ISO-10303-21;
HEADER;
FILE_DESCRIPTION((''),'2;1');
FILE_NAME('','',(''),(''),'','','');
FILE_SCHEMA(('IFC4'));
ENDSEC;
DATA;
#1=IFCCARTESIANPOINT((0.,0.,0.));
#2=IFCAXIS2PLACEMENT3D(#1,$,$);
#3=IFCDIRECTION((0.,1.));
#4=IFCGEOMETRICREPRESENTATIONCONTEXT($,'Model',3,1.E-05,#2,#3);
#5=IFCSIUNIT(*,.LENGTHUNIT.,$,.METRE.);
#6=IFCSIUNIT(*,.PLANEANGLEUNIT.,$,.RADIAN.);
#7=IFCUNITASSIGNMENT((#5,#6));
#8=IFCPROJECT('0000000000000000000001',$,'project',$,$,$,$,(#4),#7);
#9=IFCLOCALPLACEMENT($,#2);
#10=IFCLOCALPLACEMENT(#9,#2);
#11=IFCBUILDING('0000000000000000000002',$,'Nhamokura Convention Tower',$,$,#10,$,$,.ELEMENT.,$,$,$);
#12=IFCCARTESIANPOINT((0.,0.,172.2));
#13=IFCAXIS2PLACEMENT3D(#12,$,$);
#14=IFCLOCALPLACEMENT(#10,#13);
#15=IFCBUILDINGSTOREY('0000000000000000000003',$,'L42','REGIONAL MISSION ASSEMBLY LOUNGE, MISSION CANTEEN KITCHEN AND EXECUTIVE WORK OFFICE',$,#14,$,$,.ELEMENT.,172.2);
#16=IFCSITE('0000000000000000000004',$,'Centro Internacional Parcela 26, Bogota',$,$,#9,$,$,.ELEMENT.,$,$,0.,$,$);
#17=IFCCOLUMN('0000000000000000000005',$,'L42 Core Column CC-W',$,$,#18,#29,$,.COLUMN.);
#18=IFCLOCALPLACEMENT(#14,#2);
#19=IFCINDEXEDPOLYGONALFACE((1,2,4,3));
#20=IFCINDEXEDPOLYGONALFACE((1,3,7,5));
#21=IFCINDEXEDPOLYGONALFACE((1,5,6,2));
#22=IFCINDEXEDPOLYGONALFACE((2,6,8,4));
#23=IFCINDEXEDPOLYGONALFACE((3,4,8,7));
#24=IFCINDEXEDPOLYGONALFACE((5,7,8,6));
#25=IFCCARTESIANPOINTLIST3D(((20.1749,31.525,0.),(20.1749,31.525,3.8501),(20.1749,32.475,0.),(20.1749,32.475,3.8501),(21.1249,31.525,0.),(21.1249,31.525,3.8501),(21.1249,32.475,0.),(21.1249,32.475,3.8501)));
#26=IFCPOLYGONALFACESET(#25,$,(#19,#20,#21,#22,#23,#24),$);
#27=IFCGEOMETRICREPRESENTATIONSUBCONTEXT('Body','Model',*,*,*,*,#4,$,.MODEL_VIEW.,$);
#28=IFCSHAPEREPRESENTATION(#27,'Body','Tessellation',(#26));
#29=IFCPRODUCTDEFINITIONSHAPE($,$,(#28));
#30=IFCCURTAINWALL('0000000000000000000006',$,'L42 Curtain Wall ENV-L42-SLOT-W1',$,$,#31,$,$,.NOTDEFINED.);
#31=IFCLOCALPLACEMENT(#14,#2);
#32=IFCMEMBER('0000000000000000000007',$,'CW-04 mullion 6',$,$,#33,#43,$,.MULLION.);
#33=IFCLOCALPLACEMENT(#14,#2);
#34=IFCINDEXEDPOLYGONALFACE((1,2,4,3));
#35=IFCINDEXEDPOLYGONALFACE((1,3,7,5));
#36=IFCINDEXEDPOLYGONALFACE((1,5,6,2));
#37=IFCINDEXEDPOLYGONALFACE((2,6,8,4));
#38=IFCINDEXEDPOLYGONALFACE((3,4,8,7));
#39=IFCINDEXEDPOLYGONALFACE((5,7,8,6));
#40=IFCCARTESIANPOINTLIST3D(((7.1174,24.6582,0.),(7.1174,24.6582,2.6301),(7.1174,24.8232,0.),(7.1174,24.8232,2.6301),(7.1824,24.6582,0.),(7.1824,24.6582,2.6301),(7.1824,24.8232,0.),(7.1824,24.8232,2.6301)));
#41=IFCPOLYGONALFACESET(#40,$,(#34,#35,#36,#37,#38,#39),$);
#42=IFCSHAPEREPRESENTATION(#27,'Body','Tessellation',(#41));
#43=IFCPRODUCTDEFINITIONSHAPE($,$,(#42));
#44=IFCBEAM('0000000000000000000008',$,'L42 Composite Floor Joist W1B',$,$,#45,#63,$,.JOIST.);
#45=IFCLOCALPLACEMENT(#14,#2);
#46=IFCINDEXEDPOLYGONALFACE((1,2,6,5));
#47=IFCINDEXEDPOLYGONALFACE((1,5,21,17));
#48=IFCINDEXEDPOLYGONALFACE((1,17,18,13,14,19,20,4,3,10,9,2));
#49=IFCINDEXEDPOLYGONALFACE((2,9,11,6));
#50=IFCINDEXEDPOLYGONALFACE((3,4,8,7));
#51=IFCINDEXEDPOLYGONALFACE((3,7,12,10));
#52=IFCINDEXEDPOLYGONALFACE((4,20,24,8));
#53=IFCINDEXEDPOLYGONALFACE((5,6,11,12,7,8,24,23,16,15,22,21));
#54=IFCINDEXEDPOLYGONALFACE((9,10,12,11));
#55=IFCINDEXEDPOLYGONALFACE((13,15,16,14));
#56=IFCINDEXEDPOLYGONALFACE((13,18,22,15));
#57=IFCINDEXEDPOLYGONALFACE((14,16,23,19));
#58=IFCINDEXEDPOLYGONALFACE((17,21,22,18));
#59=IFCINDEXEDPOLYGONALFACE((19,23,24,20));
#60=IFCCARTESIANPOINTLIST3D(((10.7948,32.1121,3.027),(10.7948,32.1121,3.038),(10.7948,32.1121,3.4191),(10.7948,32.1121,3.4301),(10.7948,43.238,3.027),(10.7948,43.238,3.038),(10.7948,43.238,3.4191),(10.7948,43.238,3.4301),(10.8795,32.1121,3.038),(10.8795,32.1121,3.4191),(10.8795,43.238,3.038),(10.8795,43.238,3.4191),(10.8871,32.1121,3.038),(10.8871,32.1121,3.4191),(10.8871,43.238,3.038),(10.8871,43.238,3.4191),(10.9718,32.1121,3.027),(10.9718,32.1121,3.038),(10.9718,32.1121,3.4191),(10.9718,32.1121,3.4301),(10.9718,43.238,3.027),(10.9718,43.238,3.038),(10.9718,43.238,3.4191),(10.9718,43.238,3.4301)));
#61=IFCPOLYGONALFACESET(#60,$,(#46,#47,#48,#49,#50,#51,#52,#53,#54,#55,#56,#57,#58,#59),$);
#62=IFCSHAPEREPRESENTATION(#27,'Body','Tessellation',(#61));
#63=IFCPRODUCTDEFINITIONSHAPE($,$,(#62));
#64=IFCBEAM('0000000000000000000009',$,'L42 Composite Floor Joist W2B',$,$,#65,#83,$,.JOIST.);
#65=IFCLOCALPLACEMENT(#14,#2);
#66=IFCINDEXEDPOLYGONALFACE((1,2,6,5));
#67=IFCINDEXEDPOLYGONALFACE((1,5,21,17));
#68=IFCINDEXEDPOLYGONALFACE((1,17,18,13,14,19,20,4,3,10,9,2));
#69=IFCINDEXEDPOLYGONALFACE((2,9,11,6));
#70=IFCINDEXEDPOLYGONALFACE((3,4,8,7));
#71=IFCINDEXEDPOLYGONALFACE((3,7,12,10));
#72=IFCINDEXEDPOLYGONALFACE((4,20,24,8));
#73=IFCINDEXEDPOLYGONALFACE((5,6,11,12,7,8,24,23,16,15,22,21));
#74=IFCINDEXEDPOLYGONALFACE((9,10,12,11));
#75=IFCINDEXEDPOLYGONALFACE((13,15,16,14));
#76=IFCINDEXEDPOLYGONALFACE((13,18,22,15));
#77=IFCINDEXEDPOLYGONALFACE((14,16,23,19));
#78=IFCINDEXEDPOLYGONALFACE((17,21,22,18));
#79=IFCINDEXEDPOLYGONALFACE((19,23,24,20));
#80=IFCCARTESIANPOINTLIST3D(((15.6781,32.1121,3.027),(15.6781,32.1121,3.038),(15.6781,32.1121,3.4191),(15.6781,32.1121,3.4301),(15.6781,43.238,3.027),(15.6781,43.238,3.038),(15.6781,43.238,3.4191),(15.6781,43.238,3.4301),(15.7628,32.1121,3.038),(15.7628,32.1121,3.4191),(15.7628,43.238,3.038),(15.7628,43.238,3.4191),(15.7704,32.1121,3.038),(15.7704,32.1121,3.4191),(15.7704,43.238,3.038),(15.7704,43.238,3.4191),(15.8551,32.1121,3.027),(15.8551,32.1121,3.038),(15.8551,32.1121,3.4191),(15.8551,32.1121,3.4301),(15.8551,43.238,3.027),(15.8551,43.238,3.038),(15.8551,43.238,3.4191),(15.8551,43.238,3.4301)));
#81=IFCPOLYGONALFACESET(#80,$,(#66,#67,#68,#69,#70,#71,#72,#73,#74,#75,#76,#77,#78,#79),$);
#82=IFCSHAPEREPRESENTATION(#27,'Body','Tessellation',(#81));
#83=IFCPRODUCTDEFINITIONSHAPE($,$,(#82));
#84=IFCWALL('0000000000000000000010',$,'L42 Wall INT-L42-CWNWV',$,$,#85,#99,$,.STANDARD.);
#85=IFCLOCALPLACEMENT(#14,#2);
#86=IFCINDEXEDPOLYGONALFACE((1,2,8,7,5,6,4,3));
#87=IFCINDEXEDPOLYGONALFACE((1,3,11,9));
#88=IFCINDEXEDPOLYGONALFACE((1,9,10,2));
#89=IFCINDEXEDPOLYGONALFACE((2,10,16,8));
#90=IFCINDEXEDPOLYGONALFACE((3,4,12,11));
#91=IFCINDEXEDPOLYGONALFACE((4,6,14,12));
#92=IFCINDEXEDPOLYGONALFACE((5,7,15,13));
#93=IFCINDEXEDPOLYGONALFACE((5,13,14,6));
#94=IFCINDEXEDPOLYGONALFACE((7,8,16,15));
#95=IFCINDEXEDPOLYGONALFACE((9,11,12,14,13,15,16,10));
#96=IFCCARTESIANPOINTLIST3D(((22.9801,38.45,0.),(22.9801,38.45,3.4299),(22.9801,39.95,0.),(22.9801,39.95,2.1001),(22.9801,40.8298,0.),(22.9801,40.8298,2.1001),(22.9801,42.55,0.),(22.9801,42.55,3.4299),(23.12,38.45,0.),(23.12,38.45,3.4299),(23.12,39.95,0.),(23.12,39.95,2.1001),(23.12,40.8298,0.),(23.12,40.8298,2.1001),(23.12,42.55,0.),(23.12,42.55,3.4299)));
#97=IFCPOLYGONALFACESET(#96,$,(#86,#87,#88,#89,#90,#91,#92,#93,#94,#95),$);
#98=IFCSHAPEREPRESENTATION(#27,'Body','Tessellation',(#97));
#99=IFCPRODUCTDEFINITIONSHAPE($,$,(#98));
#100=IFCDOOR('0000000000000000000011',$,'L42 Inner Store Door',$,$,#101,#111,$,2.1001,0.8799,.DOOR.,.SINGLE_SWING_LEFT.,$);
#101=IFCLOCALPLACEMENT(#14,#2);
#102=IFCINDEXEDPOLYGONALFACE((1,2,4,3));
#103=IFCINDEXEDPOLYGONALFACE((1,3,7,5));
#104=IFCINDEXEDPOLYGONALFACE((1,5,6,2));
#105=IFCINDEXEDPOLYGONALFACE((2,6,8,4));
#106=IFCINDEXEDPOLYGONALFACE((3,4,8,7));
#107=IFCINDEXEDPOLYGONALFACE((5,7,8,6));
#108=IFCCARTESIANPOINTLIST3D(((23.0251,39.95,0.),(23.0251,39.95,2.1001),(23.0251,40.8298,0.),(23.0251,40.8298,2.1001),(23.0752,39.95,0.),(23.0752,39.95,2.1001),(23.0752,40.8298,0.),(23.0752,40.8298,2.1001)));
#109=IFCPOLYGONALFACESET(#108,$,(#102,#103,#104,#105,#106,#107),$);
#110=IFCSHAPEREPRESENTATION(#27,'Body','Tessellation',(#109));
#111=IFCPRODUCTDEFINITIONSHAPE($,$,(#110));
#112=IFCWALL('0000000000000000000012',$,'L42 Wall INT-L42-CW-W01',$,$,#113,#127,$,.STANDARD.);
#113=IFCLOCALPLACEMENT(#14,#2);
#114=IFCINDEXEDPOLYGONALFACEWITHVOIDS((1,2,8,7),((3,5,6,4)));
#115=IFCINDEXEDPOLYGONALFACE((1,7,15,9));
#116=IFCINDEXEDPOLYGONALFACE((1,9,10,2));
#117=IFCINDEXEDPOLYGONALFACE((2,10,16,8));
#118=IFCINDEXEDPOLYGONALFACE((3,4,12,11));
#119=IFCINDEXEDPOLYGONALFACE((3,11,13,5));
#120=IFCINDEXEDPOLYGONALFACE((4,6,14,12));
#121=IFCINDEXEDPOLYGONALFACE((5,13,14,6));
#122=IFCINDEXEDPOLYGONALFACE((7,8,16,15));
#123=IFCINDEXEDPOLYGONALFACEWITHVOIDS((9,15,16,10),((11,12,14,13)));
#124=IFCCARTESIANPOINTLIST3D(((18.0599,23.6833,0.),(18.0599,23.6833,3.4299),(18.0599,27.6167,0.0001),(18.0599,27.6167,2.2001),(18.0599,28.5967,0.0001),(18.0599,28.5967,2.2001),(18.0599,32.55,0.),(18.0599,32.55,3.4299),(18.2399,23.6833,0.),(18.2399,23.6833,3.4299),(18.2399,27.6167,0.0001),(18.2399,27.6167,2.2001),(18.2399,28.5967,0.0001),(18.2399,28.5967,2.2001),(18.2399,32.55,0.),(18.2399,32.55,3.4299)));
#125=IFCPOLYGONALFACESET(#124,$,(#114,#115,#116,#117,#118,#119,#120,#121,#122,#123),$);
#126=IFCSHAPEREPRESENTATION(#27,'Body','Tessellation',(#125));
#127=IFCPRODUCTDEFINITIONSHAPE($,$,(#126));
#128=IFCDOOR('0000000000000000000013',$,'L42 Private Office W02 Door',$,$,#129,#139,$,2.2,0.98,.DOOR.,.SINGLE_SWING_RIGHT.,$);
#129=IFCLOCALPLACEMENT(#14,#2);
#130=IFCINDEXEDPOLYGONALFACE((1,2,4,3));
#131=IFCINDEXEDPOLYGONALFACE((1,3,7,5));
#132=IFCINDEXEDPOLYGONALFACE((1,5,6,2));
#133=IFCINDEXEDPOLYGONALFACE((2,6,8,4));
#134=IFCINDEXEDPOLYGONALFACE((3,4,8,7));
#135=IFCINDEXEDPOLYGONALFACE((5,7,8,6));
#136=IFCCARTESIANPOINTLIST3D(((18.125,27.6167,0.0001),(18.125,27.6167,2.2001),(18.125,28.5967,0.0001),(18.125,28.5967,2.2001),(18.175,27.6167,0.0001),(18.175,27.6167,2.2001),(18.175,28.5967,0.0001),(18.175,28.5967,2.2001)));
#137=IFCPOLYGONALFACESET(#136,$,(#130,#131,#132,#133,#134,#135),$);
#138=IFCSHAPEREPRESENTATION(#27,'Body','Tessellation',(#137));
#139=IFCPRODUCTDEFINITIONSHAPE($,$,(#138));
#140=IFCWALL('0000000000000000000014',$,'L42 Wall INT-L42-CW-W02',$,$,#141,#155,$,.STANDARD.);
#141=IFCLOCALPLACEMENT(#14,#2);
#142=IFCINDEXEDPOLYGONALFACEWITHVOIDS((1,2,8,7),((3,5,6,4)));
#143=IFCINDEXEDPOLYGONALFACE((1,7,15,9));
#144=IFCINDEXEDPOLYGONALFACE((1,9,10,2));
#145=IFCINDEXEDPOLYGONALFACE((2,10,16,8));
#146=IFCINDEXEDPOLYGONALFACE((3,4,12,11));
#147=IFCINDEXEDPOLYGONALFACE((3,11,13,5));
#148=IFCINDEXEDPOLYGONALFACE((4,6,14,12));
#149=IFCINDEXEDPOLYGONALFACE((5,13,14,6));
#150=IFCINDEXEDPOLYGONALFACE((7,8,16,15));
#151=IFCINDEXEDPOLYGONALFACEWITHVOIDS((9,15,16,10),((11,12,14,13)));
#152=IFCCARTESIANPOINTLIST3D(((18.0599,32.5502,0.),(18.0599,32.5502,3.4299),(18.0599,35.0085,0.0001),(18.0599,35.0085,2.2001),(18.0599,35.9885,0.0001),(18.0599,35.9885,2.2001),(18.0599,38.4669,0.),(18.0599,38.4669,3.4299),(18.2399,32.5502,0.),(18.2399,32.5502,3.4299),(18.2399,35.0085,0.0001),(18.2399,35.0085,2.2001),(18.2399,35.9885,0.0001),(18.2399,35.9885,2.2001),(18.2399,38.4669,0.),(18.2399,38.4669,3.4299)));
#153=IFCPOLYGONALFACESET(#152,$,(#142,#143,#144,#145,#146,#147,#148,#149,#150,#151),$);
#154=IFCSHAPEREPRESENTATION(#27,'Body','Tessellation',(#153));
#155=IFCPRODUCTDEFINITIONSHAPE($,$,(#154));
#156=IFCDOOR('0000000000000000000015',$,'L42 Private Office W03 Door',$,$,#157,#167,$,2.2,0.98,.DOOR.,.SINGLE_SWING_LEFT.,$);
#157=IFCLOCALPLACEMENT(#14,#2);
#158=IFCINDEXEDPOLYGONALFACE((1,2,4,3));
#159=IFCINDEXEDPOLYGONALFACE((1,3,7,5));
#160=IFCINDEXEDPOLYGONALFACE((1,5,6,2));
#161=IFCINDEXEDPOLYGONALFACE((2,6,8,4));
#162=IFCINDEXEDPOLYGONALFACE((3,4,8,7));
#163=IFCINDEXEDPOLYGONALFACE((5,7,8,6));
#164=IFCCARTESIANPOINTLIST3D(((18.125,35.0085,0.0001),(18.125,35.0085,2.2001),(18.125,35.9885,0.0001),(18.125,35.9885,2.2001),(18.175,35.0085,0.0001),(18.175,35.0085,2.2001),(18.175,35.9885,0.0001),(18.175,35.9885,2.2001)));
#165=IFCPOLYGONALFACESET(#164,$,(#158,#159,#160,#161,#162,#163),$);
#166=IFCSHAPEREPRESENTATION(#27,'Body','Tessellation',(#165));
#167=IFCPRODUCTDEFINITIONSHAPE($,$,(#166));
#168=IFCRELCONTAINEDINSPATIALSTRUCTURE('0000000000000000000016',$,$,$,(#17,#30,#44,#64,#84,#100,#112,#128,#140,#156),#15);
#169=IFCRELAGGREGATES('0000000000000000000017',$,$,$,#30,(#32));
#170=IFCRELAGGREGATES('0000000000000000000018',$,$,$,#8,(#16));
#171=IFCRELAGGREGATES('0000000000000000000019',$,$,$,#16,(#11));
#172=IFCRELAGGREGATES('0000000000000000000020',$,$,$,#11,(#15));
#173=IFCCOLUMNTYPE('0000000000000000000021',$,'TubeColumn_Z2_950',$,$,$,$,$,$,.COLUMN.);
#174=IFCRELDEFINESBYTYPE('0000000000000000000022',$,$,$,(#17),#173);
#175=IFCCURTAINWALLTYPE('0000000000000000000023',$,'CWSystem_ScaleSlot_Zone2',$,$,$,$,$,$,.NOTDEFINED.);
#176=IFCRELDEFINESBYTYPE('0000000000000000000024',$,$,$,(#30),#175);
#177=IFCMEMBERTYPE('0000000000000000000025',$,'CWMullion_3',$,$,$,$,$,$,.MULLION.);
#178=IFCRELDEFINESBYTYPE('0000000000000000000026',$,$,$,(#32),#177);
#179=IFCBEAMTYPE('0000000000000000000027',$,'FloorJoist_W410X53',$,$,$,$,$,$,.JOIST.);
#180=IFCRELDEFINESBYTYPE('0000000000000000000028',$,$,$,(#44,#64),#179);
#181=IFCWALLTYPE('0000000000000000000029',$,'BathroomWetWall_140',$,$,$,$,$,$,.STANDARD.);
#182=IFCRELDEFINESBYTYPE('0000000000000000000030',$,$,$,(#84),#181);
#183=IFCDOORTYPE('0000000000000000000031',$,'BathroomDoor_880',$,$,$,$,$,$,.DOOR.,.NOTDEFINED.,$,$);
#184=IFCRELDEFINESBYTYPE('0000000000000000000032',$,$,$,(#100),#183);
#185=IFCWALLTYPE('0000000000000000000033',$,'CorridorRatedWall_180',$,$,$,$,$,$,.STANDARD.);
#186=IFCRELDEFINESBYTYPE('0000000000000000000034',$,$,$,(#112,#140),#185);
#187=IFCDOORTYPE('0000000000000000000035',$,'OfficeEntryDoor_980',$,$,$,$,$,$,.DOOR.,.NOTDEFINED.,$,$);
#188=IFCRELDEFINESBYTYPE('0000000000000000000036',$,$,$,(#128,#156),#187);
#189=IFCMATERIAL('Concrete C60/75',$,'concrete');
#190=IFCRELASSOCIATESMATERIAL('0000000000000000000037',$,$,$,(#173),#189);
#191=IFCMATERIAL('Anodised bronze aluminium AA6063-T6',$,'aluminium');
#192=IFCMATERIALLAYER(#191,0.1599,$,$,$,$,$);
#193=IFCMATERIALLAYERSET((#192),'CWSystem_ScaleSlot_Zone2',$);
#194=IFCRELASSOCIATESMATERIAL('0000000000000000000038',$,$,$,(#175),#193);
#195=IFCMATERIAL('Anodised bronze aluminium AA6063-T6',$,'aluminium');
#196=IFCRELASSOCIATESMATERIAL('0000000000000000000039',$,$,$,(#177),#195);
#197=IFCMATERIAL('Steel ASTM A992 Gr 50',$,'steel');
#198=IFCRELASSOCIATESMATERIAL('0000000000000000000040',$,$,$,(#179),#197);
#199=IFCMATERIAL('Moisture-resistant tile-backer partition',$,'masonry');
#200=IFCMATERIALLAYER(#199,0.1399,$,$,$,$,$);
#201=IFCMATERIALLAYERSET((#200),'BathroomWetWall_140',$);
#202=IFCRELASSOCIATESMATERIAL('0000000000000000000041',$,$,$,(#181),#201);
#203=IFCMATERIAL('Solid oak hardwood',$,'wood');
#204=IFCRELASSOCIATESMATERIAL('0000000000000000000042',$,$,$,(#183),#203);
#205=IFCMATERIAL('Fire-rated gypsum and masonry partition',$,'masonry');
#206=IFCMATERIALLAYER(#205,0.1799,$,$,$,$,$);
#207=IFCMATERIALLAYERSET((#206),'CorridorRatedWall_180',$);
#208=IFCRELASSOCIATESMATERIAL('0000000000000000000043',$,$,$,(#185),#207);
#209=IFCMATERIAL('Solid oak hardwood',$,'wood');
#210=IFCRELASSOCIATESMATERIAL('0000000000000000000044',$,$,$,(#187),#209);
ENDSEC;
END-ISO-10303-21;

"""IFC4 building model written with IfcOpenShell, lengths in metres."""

from ifc_helpers import new_model, si_unit, direction, frame, frame_2d, origin, origin_2d, place, context, subcontext, project, spatial, rectangle, i_section, extrude, material, layer, layer_set, material_profile, profile_set, type_object, element, fill, aggregate, save


model = new_model("IFC4")

# Units and contexts
model_context = context("Model", 3, precision=1e-05, world=origin(), true_north=direction((0.0, 1.0)))
body_context = subcontext(model_context, "Body", "Model", "MODEL_VIEW")
ifc_project = project(units=[si_unit("LENGTHUNIT", "METRE"), si_unit("PLANEANGLEUNIT", "RADIAN")], contexts=[model_context])

# Site, building, storey
site_placement = place(None, origin())
site = spatial("IfcSite", under=ifc_project, at=site_placement, Name="Centro Internacional Parcela 26, Bogota", CompositionType="ELEMENT", RefElevation=0.0)
building_placement = place(site_placement, origin())
building = spatial("IfcBuilding", under=site, at=building_placement, Name="Nhamokura Convention Tower", CompositionType="ELEMENT")
storey_placement = place(building_placement, frame((0.0, 0.0, 172.2)))
storey = spatial("IfcBuildingStorey", under=building, at=storey_placement, Name="L42", Description="REGIONAL MISSION ASSEMBLY LOUNGE, MISSION CANTEEN KITCHEN AND EXECUTIVE WORK OFFICE", CompositionType="ELEMENT", Elevation=172.2)

# Column
ifc_material_1 = material(Name="Concrete C60/75", Category="concrete")
ifc_material_profile_1 = material_profile(ifc_material_1, rectangle(XDim=0.95, YDim=0.95, at=origin_2d()))
ifc_profile_set_1 = profile_set([ifc_material_profile_1], Name="Concrete C60/75")
column_type = type_object("IfcColumnType", Name="TubeColumn_Z2_950", PredefinedType="COLUMN", material=ifc_profile_set_1)
column_placement = place(storey_placement, frame((20.6499, 32.0, 0.0), z_axis=(0.0, 0.0, 1.0), x_axis=(1.0, 0.0, 0.0)))
element("IfcColumn", 1, at=column_placement, inside=storey, type_object=column_type, Name="L42 Core Column CC-W", PredefinedType="COLUMN", context=body_context, shape_type="SweptSolid", body=[
    extrude(rectangle(XDim=0.95, YDim=0.95, at=origin_2d()), origin(), (0.0, 0.0, 1.0), 3.8501),
])

# Curtain wall, member
ifc_material_2 = material(Name="Anodised bronze aluminium AA6063-T6", Category="aluminium")
ifc_layer_1 = layer(ifc_material_2, 0.1599)
ifc_layer_set_1 = layer_set([ifc_layer_1], Name="CWSystem_ScaleSlot_Zone2")
curtain_wall_type = type_object("IfcCurtainWallType", Name="CWSystem_ScaleSlot_Zone2", PredefinedType="NOTDEFINED", material=ifc_layer_set_1)
curtain_wall_placement = place(storey_placement, origin())
curtain_wall = element("IfcCurtainWall", 2, at=curtain_wall_placement, inside=storey, type_object=curtain_wall_type, Name="L42 Curtain Wall ENV-L42-SLOT-W1", PredefinedType="NOTDEFINED")
ifc_material_3 = material(Name="Anodised bronze aluminium AA6063-T6", Category="aluminium")
ifc_material_profile_2 = material_profile(ifc_material_3, rectangle(XDim=0.0649, YDim=0.165, at=origin_2d()))
ifc_profile_set_2 = profile_set([ifc_material_profile_2], Name="Anodised bronze aluminium AA6063-T6")
member_type = type_object("IfcMemberType", Name="CWMullion_3", PredefinedType="MULLION", material=ifc_profile_set_2)
member_placement = place(storey_placement, frame((7.1499, 24.7407, 0.0), z_axis=(0.0, 0.0, 1.0), x_axis=(-1.0, 0.0, 0.0)))
member = element("IfcMember", 3, at=member_placement, type_object=member_type, Name="CW-04 mullion 6", PredefinedType="MULLION", context=body_context, shape_type="SweptSolid", body=[
    extrude(rectangle(XDim=0.0649, YDim=0.165, at=origin_2d()), origin(), (0.0, 0.0, 1.0), 2.6301),
])
aggregate(curtain_wall, [member])

# Beams
ifc_material_4 = material(Name="Steel ASTM A992 Gr 50", Category="steel")
ifc_material_profile_3 = material_profile(ifc_material_4, i_section(OverallWidth=0.177, OverallDepth=0.4031, WebThickness=0.0076, FlangeThickness=0.011, at=origin_2d()))
ifc_profile_set_3 = profile_set([ifc_material_profile_3], Name="Steel ASTM A992 Gr 50")
beam_type = type_object("IfcBeamType", Name="FloorJoist_W410X53", PredefinedType="JOIST", material=ifc_profile_set_3)
for number, where, z_axis, x_axis, name in (
    (4, (10.8833, 32.1121, 3.2285), (0.0, 1.0, 0.0), (-1.0, 0.0, 0.0), "L42 Composite Floor Joist W1B"),
    (5, (15.7666, 32.1121, 3.2285), (0.0, 1.0, 0.0), (-1.0, 0.0, 0.0), "L42 Composite Floor Joist W2B"),
):
    element("IfcBeam", number, at=place(storey_placement, frame(where, z_axis=z_axis, x_axis=x_axis)), inside=storey, type_object=beam_type, Name=name, PredefinedType="JOIST", context=body_context, shape_type="SweptSolid", body=[
        extrude(i_section(OverallWidth=0.177, OverallDepth=0.4031, WebThickness=0.0076, FlangeThickness=0.011, at=origin_2d()), origin(), (0.0, 0.0, 1.0), 11.126),
    ])

# Wall, opening, door
ifc_material_5 = material(Name="Moisture-resistant tile-backer partition", Category="masonry")
ifc_layer_2 = layer(ifc_material_5, 0.1399)
ifc_layer_set_2 = layer_set([ifc_layer_2], Name="BathroomWetWall_140")
wall_type_1 = type_object("IfcWallType", Name="BathroomWetWall_140", PredefinedType="STANDARD", material=ifc_layer_set_2)
wall_1_placement = place(storey_placement, frame((23.05, 38.45, 0.0), z_axis=(0.0, 0.0, 1.0), x_axis=(0.0, 1.0, 0.0)))
wall_1 = element("IfcWall", 6, at=wall_1_placement, inside=storey, type_object=wall_type_1, Name="L42 Wall INT-L42-CWNWV", PredefinedType="STANDARD", context=body_context, shape_type="SweptSolid", body=[
    extrude(rectangle(XDim=4.1001, YDim=0.1399, at=frame_2d((2.05, 0.0))), origin(), (0.0, 0.0, 1.0), 3.4299),
])
opening_1_placement = place(wall_1_placement, frame((1.5, 0.0, 0.0)))
opening_1 = element("IfcOpeningElement", 7, at=opening_1_placement, cuts=wall_1, PredefinedType="OPENING", context=body_context, shape_type="SweptSolid", body=[
    extrude(rectangle(XDim=0.8799, YDim=2.1001, at=frame_2d((0.4399, 1.05))), frame((0.0, 0.0798, 0.0), z_axis=(0.0, -1.0, 0.0), x_axis=(1.0, 0.0, 0.0)), (0.0, 0.0, 1.0), 0.1599),
])
ifc_material_6 = material(Name="Solid oak hardwood", Category="wood")
door_type_1 = type_object("IfcDoorType", Name="BathroomDoor_880", OperationType="NOTDEFINED", PredefinedType="DOOR", material=ifc_material_6)
door_1_placement = place(opening_1_placement, origin())
door_1 = element("IfcDoor", 8, at=door_1_placement, inside=storey, type_object=door_type_1, Name="L42 Inner Store Door", OperationType="SINGLE_SWING_LEFT", OverallHeight=2.1001, OverallWidth=0.8799, PredefinedType="DOOR", context=body_context, shape_type="SweptSolid", body=[
    extrude(rectangle(XDim=0.8799, YDim=2.1001, at=frame_2d((0.4399, 1.05))), frame((0.0, 0.0249, 0.0), z_axis=(0.0, -1.0, 0.0), x_axis=(1.0, 0.0, 0.0)), (0.0, 0.0, 1.0), 0.05),
])
fill(opening_1, door_1)

# Walls, openings, doors
ifc_material_7 = material(Name="Fire-rated gypsum and masonry partition", Category="masonry")
ifc_layer_3 = layer(ifc_material_7, 0.1799)
ifc_layer_set_3 = layer_set([ifc_layer_3], Name="CorridorRatedWall_180")
wall_type_2 = type_object("IfcWallType", Name="CorridorRatedWall_180", PredefinedType="STANDARD", material=ifc_layer_set_3)
wall_2_placement = place(storey_placement, frame((18.1499, 23.6833, 0.0), z_axis=(0.0, 0.0, 1.0), x_axis=(0.0, 1.0, 0.0)))
wall_2 = element("IfcWall", 9, at=wall_2_placement, inside=storey, type_object=wall_type_2, Name="L42 Wall INT-L42-CW-W01", PredefinedType="STANDARD", context=body_context, shape_type="SweptSolid", body=[
    extrude(rectangle(XDim=8.8667, YDim=0.1799, at=frame_2d((4.4333, 0.0))), origin(), (0.0, 0.0, 1.0), 3.4299),
])
opening_2_placement = place(wall_2_placement, frame((3.9333, 0.0, 0.0)))
opening_2 = element("IfcOpeningElement", 10, at=opening_2_placement, cuts=wall_2, PredefinedType="OPENING", context=body_context, shape_type="SweptSolid", body=[
    extrude(rectangle(XDim=0.98, YDim=2.2, at=frame_2d((0.49, 1.1001))), frame((0.0, 0.0999, 0.0), z_axis=(0.0, -1.0, 0.0), x_axis=(1.0, 0.0, 0.0)), (0.0, 0.0, 1.0), 0.2),
])
ifc_material_8 = material(Name="Solid oak hardwood", Category="wood")
door_type_2 = type_object("IfcDoorType", Name="OfficeEntryDoor_980", OperationType="NOTDEFINED", PredefinedType="DOOR", material=ifc_material_8)
door_2_placement = place(opening_2_placement, origin())
door_2 = element("IfcDoor", 11, at=door_2_placement, inside=storey, type_object=door_type_2, Name="L42 Private Office W02 Door", OperationType="SINGLE_SWING_RIGHT", OverallHeight=2.2, OverallWidth=0.98, PredefinedType="DOOR", context=body_context, shape_type="SweptSolid", body=[
    extrude(rectangle(XDim=0.98, YDim=2.2, at=frame_2d((0.49, 1.1001))), frame((0.0, 0.0249, 0.0), z_axis=(0.0, -1.0, 0.0), x_axis=(1.0, 0.0, 0.0)), (0.0, 0.0, 1.0), 0.05),
])
fill(opening_2, door_2)
wall_3_placement = place(storey_placement, frame((18.1499, 32.55, 0.0), z_axis=(0.0, 0.0, 1.0), x_axis=(0.0, 1.0, 0.0)))
wall_3 = element("IfcWall", 12, at=wall_3_placement, inside=storey, type_object=wall_type_2, Name="L42 Wall INT-L42-CW-W02", PredefinedType="STANDARD", context=body_context, shape_type="SweptSolid", body=[
    extrude(rectangle(XDim=5.9167, YDim=0.1799, at=frame_2d((2.9585, 0.0))), origin(), (0.0, 0.0, 1.0), 3.4299),
])
opening_3_placement = place(wall_3_placement, frame((2.4585, 0.0, 0.0)))
opening_3 = element("IfcOpeningElement", 13, at=opening_3_placement, cuts=wall_3, PredefinedType="OPENING", context=body_context, shape_type="SweptSolid", body=[
    extrude(rectangle(XDim=0.98, YDim=2.2, at=frame_2d((0.49, 1.1001))), frame((0.0, 0.0999, 0.0), z_axis=(0.0, -1.0, 0.0), x_axis=(1.0, 0.0, 0.0)), (0.0, 0.0, 1.0), 0.2),
])
door_3_placement = place(opening_3_placement, origin())
door_3 = element("IfcDoor", 14, at=door_3_placement, inside=storey, type_object=door_type_2, Name="L42 Private Office W03 Door", OperationType="SINGLE_SWING_LEFT", OverallHeight=2.2, OverallWidth=0.98, PredefinedType="DOOR", context=body_context, shape_type="SweptSolid", body=[
    extrude(rectangle(XDim=0.98, YDim=2.2, at=frame_2d((0.49, 1.1001))), frame((0.0, 0.0249, 0.0), z_axis=(0.0, -1.0, 0.0), x_axis=(1.0, 0.0, 0.0)), (0.0, 0.0, 1.0), 0.05),
])
fill(opening_3, door_3)

save(model, "model.ifc")
